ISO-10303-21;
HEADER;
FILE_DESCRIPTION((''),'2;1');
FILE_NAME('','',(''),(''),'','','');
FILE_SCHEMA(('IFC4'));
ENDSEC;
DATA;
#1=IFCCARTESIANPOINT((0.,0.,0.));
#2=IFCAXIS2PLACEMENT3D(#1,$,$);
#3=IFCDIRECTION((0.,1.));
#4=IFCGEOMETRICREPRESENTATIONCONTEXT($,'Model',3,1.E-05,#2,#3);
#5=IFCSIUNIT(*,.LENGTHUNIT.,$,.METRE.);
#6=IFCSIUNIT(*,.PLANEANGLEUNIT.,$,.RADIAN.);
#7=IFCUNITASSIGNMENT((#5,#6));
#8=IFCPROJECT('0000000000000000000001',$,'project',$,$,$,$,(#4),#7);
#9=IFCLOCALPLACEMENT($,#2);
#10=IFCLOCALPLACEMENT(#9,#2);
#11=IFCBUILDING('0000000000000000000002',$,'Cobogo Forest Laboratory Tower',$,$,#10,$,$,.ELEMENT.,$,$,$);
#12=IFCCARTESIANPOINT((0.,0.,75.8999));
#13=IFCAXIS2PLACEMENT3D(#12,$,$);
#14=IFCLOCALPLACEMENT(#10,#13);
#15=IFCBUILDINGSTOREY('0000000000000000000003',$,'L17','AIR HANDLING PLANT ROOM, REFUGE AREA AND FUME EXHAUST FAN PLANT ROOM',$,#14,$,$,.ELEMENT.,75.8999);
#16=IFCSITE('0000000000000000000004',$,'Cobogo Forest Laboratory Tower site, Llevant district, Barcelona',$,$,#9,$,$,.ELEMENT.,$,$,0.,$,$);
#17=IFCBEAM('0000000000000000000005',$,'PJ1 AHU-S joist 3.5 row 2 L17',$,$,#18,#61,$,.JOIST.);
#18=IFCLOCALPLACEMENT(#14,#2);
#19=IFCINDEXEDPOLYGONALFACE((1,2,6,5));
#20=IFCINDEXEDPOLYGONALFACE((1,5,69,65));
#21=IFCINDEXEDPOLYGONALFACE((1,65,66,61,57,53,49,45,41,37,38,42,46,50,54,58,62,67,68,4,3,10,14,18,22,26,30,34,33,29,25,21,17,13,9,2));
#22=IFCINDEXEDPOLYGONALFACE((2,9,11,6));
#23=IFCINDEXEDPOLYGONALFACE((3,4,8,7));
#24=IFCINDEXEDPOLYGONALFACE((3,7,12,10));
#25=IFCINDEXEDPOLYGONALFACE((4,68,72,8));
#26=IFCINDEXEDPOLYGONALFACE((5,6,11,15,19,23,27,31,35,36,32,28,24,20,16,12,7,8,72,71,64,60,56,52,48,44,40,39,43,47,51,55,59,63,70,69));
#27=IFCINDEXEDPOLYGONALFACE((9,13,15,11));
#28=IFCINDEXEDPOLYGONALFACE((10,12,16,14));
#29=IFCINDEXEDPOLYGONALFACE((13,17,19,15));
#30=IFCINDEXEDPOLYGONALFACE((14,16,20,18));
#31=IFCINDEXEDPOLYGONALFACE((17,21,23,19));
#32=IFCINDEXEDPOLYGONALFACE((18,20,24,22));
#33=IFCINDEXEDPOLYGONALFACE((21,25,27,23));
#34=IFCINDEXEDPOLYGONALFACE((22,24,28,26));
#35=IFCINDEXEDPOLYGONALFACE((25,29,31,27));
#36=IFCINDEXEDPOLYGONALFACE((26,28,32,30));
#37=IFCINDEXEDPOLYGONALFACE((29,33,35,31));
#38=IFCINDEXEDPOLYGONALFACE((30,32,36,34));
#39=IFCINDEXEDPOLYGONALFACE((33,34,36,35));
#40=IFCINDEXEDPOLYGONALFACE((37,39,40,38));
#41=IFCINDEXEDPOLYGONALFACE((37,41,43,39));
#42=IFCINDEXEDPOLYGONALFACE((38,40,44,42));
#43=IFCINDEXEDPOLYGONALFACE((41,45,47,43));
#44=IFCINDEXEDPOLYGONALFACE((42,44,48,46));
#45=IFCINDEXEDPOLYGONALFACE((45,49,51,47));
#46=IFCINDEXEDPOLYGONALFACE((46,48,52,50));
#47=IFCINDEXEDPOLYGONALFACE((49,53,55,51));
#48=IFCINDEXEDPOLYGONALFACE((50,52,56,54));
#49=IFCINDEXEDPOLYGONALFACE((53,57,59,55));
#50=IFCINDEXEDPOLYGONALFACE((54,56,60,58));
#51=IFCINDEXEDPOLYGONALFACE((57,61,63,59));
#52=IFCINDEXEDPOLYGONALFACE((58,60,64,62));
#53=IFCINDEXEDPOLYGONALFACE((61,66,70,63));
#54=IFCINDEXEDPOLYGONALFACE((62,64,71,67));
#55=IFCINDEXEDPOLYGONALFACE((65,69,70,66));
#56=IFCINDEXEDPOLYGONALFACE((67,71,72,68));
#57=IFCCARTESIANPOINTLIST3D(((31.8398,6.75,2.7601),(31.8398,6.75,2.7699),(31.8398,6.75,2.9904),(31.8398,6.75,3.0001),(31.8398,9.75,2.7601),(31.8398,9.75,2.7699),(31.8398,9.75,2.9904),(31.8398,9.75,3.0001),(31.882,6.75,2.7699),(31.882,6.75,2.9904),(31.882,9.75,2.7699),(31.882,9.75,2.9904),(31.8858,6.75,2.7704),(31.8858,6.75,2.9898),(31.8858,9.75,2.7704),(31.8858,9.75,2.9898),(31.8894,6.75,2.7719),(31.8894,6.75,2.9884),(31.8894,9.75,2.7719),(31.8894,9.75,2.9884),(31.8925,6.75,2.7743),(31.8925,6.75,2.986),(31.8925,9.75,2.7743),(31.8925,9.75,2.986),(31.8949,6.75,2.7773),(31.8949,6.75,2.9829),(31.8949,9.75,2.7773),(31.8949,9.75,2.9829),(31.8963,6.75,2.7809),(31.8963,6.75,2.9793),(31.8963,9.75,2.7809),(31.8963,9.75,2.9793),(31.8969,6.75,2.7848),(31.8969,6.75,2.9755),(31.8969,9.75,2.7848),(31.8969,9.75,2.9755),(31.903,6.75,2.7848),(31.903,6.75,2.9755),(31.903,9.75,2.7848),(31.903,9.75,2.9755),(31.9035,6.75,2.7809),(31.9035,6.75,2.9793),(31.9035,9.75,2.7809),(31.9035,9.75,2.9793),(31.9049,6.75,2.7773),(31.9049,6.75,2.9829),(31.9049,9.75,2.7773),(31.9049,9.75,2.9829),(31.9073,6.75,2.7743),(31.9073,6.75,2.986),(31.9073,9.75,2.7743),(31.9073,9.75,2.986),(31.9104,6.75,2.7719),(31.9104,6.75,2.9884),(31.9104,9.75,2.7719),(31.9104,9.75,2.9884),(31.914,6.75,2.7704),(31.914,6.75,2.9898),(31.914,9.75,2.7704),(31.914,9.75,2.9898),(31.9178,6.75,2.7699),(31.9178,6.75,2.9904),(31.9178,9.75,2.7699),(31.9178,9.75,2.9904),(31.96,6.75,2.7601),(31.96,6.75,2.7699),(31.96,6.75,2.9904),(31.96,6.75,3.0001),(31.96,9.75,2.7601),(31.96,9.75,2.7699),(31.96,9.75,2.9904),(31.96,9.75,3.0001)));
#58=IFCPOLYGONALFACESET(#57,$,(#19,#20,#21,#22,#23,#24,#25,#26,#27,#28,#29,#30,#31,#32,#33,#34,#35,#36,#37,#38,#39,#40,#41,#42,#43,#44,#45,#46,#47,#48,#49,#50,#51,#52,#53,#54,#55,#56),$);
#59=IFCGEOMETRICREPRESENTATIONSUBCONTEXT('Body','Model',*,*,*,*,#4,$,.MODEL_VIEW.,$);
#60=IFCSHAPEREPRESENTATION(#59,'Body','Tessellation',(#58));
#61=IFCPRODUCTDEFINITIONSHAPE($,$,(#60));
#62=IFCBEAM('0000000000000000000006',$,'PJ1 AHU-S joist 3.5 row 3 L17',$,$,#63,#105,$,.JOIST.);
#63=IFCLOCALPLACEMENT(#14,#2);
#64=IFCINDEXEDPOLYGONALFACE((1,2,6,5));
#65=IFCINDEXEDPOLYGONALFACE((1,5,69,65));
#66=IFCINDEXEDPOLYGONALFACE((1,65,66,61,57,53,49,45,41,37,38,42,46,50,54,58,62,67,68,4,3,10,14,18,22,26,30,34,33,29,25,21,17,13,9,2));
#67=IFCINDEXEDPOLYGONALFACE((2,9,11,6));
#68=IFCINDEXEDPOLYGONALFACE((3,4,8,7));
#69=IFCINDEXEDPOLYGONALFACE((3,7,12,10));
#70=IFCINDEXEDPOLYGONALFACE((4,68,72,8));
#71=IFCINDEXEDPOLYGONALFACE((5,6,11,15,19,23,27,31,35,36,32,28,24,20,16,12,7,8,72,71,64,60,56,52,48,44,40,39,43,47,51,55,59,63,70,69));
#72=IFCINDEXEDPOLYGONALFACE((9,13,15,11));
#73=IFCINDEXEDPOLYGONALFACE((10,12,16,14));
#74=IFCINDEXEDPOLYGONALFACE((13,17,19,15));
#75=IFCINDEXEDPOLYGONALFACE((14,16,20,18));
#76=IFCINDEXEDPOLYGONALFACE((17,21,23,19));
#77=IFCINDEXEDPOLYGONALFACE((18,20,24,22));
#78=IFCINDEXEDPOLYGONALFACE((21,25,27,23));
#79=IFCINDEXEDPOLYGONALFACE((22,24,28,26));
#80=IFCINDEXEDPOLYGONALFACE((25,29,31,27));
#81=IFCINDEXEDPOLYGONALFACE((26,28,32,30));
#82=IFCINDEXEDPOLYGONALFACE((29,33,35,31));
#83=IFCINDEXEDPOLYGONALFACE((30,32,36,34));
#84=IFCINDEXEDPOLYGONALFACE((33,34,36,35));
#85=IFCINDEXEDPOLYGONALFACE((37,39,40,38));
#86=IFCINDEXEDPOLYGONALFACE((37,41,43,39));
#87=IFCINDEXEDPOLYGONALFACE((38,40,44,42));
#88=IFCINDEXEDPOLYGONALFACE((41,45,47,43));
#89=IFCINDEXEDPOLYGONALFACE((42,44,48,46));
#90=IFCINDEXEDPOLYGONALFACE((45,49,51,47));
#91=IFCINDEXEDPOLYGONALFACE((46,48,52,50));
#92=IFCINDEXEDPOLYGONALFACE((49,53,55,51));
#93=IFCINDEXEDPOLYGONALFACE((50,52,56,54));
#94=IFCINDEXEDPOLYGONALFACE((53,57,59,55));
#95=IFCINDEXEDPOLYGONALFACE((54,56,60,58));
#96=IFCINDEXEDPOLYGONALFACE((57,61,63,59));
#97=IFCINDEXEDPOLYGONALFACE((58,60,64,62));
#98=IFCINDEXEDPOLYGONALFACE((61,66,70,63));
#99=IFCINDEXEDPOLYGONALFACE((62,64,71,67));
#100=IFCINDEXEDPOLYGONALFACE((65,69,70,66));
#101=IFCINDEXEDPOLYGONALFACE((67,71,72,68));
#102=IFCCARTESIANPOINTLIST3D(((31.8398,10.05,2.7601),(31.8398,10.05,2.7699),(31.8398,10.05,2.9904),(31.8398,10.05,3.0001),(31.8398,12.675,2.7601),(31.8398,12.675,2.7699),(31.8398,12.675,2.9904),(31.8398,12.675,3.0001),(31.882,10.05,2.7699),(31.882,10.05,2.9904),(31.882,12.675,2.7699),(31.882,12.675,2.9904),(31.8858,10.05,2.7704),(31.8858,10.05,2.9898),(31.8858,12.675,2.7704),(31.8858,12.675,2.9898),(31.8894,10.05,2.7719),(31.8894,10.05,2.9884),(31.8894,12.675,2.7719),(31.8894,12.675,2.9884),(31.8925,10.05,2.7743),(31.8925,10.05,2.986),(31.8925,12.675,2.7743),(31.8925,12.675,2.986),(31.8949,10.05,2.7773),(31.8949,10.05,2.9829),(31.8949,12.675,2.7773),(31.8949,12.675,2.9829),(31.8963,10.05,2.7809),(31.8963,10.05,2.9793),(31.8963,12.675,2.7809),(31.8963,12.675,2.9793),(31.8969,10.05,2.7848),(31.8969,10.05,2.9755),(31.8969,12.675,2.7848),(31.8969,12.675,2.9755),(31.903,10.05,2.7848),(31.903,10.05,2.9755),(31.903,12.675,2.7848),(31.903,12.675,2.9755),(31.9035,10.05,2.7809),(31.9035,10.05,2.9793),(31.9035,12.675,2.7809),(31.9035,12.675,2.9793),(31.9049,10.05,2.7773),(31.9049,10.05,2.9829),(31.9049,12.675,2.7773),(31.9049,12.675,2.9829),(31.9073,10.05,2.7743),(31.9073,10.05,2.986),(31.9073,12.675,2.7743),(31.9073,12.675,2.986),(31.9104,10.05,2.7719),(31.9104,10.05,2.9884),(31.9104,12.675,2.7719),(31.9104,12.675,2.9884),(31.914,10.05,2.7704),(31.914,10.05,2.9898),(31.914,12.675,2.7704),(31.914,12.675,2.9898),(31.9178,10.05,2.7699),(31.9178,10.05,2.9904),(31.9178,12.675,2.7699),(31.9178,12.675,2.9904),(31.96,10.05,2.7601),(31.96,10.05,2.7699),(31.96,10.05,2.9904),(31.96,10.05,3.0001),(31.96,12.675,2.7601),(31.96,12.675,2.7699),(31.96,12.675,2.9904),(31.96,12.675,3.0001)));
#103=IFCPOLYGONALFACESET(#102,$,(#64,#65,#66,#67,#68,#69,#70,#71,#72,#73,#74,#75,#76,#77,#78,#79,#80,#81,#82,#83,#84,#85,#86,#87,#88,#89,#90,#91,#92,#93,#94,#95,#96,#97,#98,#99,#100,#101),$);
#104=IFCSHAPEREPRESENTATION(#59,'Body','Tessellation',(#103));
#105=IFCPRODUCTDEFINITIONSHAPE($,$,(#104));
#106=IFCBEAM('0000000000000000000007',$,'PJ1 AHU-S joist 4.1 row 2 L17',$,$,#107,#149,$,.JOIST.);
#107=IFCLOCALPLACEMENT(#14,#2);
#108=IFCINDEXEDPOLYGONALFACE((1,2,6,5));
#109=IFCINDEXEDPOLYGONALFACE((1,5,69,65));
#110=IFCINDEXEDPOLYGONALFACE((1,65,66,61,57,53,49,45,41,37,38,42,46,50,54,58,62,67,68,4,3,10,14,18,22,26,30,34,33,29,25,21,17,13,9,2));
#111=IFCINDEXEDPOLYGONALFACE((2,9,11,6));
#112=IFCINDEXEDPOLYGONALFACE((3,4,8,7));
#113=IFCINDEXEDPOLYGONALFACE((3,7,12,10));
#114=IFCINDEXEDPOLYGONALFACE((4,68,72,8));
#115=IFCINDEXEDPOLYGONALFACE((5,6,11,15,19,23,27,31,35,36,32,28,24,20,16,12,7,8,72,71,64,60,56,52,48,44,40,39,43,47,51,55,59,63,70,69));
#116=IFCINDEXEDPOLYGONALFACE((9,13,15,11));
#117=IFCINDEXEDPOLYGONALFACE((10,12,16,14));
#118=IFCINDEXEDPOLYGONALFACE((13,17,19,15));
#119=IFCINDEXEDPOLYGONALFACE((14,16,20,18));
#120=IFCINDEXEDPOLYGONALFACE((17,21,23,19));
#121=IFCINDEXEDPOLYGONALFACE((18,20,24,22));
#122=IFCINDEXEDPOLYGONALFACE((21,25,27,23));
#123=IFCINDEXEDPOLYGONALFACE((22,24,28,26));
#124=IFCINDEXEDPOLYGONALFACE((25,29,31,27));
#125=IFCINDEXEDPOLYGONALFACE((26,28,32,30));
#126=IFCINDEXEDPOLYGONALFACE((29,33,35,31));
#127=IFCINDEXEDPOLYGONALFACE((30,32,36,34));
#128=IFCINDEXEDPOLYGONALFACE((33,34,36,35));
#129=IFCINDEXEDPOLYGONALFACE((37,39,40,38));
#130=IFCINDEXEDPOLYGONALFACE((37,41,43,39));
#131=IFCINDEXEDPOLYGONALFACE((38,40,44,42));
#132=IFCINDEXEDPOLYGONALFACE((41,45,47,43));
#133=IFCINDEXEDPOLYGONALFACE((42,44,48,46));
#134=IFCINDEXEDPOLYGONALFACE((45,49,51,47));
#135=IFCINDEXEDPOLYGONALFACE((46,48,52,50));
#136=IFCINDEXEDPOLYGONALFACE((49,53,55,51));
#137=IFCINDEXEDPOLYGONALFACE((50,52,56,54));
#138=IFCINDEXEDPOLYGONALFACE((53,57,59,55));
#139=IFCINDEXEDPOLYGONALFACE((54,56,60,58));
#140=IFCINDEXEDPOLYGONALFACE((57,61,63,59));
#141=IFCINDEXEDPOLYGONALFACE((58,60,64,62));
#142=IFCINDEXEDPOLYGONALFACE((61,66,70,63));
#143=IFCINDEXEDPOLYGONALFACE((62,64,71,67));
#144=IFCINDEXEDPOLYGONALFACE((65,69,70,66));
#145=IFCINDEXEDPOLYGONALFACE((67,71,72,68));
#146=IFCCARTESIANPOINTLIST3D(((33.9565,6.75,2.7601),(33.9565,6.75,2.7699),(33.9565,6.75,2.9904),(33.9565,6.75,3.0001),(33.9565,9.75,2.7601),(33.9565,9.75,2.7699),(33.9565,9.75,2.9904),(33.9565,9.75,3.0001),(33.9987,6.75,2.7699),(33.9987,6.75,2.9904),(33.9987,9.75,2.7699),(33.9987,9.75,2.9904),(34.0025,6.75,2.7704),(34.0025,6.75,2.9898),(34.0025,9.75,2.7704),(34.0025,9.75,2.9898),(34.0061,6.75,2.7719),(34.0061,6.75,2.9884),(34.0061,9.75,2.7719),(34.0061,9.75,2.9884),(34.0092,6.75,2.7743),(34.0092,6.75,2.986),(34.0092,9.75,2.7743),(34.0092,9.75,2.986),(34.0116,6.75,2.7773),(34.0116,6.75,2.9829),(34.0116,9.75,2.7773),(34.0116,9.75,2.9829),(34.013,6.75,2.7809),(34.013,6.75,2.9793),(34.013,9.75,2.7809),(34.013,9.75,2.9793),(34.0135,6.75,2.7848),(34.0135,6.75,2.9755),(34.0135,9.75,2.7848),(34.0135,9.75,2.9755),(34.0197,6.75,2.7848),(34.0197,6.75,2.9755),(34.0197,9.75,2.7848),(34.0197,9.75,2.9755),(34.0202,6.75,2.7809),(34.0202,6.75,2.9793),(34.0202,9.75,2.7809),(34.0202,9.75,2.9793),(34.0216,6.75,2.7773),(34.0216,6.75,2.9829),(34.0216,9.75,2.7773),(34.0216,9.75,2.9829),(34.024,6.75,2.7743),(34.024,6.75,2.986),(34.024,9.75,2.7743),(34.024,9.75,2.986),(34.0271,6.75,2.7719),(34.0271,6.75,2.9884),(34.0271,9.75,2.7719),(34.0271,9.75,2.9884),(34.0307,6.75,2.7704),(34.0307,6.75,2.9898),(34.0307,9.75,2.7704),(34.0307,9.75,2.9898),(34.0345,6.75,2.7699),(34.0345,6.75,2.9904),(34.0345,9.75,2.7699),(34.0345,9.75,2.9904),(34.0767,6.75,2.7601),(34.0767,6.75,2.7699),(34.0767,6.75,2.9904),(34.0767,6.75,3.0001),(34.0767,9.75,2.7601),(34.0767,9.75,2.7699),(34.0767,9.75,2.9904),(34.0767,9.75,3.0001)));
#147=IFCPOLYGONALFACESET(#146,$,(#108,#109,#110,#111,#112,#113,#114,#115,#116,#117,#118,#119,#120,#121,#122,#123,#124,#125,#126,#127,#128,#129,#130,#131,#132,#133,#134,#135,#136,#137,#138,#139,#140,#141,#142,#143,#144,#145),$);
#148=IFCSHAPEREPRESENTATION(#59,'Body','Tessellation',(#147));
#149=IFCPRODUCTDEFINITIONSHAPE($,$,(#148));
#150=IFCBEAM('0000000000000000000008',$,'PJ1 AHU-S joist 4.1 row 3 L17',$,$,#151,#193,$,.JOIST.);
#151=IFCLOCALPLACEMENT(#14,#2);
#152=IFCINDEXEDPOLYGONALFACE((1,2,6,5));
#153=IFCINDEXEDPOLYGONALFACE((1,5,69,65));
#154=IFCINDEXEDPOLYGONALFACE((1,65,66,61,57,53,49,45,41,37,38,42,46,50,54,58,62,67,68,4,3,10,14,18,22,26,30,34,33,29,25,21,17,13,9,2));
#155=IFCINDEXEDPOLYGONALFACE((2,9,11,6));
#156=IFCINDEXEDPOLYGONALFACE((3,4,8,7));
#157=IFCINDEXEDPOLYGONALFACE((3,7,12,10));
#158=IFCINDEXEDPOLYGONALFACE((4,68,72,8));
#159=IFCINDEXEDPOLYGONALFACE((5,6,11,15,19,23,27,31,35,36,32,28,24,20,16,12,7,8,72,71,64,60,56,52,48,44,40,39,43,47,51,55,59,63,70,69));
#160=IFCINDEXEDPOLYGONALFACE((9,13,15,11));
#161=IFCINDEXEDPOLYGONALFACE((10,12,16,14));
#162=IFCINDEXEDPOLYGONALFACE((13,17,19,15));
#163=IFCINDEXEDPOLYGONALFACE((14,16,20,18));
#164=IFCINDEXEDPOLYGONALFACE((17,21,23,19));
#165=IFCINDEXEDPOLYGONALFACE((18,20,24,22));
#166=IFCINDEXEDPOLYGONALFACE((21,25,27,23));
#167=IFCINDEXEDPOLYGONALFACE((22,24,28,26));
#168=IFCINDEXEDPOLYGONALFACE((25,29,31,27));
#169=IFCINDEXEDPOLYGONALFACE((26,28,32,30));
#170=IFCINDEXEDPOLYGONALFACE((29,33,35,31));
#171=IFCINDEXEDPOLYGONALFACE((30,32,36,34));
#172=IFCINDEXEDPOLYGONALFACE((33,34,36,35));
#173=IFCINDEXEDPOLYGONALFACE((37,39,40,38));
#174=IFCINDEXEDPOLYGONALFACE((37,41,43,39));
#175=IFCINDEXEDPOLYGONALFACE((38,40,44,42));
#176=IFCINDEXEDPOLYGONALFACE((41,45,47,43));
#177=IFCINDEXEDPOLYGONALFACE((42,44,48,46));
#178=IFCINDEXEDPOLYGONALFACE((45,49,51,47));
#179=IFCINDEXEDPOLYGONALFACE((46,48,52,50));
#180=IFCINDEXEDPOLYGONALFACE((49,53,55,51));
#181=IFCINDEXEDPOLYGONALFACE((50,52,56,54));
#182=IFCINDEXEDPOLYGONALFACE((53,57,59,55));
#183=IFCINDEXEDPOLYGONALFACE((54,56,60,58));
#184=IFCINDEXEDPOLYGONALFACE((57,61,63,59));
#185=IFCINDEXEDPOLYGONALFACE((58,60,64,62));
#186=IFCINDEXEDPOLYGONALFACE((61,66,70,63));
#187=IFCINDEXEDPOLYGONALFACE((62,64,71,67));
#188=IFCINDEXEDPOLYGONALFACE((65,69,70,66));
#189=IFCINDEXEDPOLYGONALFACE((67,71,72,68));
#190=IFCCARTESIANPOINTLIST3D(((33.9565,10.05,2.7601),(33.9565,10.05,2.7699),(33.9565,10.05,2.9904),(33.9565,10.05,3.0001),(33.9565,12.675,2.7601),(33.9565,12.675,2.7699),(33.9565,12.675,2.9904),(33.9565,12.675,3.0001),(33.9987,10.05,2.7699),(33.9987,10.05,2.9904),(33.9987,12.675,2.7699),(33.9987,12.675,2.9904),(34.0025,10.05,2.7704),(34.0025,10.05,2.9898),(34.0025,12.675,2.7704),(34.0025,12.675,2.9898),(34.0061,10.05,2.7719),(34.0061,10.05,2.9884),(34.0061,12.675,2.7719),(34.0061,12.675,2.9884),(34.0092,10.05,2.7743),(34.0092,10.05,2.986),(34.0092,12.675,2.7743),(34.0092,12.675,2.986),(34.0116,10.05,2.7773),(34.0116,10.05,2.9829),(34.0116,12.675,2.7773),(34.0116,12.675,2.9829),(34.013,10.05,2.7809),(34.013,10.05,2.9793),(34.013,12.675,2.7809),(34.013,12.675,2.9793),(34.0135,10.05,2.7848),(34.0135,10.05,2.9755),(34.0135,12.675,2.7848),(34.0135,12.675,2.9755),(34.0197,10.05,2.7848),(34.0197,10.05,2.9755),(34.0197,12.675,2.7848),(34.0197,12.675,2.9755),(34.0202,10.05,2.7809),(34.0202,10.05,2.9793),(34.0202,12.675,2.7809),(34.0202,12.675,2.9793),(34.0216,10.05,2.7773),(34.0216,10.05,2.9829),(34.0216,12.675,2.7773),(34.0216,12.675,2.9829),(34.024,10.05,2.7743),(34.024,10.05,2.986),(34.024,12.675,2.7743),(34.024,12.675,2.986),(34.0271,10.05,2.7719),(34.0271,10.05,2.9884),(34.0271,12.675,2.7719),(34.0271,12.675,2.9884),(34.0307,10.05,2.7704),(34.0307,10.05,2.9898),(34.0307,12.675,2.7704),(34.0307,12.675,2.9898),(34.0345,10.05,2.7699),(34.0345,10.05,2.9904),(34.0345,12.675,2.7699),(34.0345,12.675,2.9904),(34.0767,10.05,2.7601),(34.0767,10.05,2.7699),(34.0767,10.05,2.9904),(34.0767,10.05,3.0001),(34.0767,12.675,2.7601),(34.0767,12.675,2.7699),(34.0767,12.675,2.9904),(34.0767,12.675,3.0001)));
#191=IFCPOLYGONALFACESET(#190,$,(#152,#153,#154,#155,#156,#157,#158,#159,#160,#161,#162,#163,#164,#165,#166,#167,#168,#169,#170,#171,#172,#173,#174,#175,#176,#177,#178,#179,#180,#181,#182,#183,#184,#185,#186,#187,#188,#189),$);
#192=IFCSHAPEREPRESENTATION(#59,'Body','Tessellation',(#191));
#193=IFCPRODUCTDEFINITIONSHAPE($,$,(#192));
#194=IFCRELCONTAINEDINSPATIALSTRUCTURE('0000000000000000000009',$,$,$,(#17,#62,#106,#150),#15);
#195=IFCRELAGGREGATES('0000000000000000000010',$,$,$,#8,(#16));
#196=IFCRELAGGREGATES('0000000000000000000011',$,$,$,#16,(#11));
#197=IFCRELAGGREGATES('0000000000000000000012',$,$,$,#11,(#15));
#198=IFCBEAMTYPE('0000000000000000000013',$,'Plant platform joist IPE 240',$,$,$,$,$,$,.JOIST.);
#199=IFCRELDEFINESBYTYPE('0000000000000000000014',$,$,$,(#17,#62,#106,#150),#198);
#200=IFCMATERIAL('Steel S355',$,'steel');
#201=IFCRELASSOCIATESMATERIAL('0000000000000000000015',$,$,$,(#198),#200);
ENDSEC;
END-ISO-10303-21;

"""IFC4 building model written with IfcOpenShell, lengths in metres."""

from ifc_helpers import new_model, si_unit, direction, frame, origin, origin_2d, place, context, subcontext, project, spatial, i_section, extrude, material, material_profile, profile_set, type_object, element, save


model = new_model("IFC4")

# Units and contexts
model_context = context("Model", 3, precision=1e-05, world=origin(), true_north=direction((0.0, 1.0)))
body_context = subcontext(model_context, "Body", "Model", "MODEL_VIEW")
ifc_project = project(units=[si_unit("LENGTHUNIT", "METRE"), si_unit("PLANEANGLEUNIT", "RADIAN")], contexts=[model_context])

# Site, building, storey
site_placement = place(None, origin())
site = spatial("IfcSite", under=ifc_project, at=site_placement, Name="Cobogo Forest Laboratory Tower site, Llevant district, Barcelona", CompositionType="ELEMENT", RefElevation=0.0)
building_placement = place(site_placement, origin())
building = spatial("IfcBuilding", under=site, at=building_placement, Name="Cobogo Forest Laboratory Tower", CompositionType="ELEMENT")
storey_placement = place(building_placement, frame((0.0, 0.0, 75.8999)))
storey = spatial("IfcBuildingStorey", under=building, at=storey_placement, Name="L17", Description="AIR HANDLING PLANT ROOM, REFUGE AREA AND FUME EXHAUST FAN PLANT ROOM", CompositionType="ELEMENT", Elevation=75.8999)

# Beams
ifc_material = material(Name="Steel S355", Category="steel")
ifc_material_profile_1 = material_profile(ifc_material, i_section(OverallWidth=0.1201, OverallDepth=0.24, WebThickness=0.0061, FlangeThickness=0.0098, FilletRadius=0.0149, at=origin_2d()), Name="IPE 240")
ifc_profile_set_1 = profile_set([ifc_material_profile_1], Name="Steel S355")
beam_type_1 = type_object("IfcBeamType", Name="Plant platform joist IPE 240", PredefinedType="JOIST", material=ifc_profile_set_1)
beam_1_placement = place(storey_placement, frame((31.8999, 6.75, 2.8801), z_axis=(0.0, 1.0, 0.0), x_axis=(-1.0, 0.0, 0.0)))
element("IfcBeam", 1, at=beam_1_placement, inside=storey, type_object=beam_type_1, Name="PJ1 AHU-S joist 3.5 row 2 L17", PredefinedType="JOIST", context=body_context, shape_type="SweptSolid", body=[
    extrude(i_section(OverallWidth=0.1201, OverallDepth=0.24, WebThickness=0.0061, FlangeThickness=0.0098, FilletRadius=0.0149, at=origin_2d()), origin(), (0.0, 0.0, 1.0), 3.0),
])
beam_2_placement = place(storey_placement, frame((31.8999, 10.05, 2.8801), z_axis=(0.0, 1.0, 0.0), x_axis=(-1.0, 0.0, 0.0)))
element("IfcBeam", 2, at=beam_2_placement, inside=storey, type_object=beam_type_1, Name="PJ1 AHU-S joist 3.5 row 3 L17", PredefinedType="JOIST", context=body_context, shape_type="SweptSolid", body=[
    extrude(i_section(OverallWidth=0.1201, OverallDepth=0.24, WebThickness=0.0061, FlangeThickness=0.0098, FilletRadius=0.0149, at=origin_2d()), origin(), (0.0, 0.0, 1.0), 2.625),
])
beam_3_placement = place(storey_placement, frame((34.0166, 6.75, 2.8801), z_axis=(0.0, 1.0, 0.0), x_axis=(-1.0, 0.0, 0.0)))
element("IfcBeam", 3, at=beam_3_placement, inside=storey, type_object=beam_type_1, Name="PJ1 AHU-S joist 4.1 row 2 L17", PredefinedType="JOIST", context=body_context, shape_type="SweptSolid", body=[
    extrude(i_section(OverallWidth=0.1201, OverallDepth=0.24, WebThickness=0.0061, FlangeThickness=0.0098, FilletRadius=0.0149, at=origin_2d()), origin(), (0.0, 0.0, 1.0), 3.0),
])
beam_4_placement = place(storey_placement, frame((34.0166, 10.05, 2.8801), z_axis=(0.0, 1.0, 0.0), x_axis=(-1.0, 0.0, 0.0)))
element("IfcBeam", 4, at=beam_4_placement, inside=storey, type_object=beam_type_1, Name="PJ1 AHU-S joist 4.1 row 3 L17", PredefinedType="JOIST", context=body_context, shape_type="SweptSolid", body=[
    extrude(i_section(OverallWidth=0.1201, OverallDepth=0.24, WebThickness=0.0061, FlangeThickness=0.0098, FilletRadius=0.0149, at=origin_2d()), origin(), (0.0, 0.0, 1.0), 2.625),
])

save(model, "model.ifc")
